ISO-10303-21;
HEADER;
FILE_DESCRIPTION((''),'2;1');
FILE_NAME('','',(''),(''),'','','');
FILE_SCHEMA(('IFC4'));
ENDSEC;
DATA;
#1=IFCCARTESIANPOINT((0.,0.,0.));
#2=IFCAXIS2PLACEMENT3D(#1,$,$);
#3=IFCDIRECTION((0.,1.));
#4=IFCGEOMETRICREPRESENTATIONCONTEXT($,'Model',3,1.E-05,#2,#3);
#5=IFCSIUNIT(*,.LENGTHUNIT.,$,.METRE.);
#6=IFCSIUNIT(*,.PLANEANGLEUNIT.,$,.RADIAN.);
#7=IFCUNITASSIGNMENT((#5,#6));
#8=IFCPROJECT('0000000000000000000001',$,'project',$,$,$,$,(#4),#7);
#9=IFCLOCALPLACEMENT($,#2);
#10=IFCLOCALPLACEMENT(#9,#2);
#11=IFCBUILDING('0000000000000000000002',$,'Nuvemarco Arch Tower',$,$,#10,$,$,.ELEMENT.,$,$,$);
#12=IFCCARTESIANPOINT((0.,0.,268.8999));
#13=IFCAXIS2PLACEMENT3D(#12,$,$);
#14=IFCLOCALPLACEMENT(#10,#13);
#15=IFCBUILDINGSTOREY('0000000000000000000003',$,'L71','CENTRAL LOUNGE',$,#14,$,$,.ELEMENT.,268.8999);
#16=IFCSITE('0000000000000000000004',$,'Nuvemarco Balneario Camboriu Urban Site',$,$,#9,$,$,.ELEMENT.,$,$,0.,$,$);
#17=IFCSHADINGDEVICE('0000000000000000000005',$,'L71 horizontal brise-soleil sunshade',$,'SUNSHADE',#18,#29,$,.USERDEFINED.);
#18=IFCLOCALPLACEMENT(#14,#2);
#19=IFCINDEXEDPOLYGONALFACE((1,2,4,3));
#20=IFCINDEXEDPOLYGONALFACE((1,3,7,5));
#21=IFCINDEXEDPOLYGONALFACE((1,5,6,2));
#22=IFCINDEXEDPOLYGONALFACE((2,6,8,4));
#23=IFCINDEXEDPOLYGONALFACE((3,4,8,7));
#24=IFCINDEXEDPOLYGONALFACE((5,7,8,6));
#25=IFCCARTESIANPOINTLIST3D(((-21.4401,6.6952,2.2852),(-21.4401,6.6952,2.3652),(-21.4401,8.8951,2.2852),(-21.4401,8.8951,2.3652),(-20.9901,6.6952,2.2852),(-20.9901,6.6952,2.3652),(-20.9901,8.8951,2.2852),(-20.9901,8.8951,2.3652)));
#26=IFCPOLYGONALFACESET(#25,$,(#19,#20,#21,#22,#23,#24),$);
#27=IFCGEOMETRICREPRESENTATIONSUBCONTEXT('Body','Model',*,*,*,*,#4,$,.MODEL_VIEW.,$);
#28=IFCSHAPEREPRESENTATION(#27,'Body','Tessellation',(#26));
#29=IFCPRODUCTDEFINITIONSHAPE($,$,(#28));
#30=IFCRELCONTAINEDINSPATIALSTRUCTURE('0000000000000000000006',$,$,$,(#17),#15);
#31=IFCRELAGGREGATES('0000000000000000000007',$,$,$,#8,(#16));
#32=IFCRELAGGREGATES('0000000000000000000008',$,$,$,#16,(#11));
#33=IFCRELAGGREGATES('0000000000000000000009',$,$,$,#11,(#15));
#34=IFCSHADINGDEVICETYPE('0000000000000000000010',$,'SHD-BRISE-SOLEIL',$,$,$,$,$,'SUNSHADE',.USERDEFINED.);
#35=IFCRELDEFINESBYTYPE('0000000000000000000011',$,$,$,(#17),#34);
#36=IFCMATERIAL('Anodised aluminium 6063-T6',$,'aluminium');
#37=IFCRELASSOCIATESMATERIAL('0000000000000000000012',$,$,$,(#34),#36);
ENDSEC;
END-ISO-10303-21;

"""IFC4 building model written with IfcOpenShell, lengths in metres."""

from ifc_helpers import new_model, si_unit, direction, frame, origin, origin_2d, place, context, subcontext, project, spatial, rectangle, extrude, source, transform, mapped, material, type_object, type_shapes, element, save


model = new_model("IFC4")

# Units and contexts
model_context = context("Model", 3, precision=1e-05, world=origin(), true_north=direction((0.0, 1.0)))
body_context = subcontext(model_context, "Body", "Model", "MODEL_VIEW")
ifc_project = project(units=[si_unit("LENGTHUNIT", "METRE"), si_unit("PLANEANGLEUNIT", "RADIAN")], contexts=[model_context])

# Site, building, storey
site_placement = place(None, origin())
site = spatial("IfcSite", under=ifc_project, at=site_placement, Name="Nuvemarco Balneario Camboriu Urban Site", CompositionType="ELEMENT", RefElevation=0.0)
building_placement = place(site_placement, origin())
building = spatial("IfcBuilding", under=site, at=building_placement, Name="Nuvemarco Arch Tower", CompositionType="ELEMENT")
storey_placement = place(building_placement, frame((0.0, 0.0, 268.8999)))
storey = spatial("IfcBuildingStorey", under=building, at=storey_placement, Name="L71", Description="CENTRAL LOUNGE", CompositionType="ELEMENT", Elevation=268.8999)

# Shading device
ifc_material_1 = material(Name="Anodised aluminium 6063-T6", Category="aluminium")
shading_device_type = type_object("IfcShadingDeviceType", Name="SHD-BRISE-SOLEIL", ElementType="SUNSHADE", PredefinedType="USERDEFINED", material=ifc_material_1)
shared_shape = source(origin(), body_context, "Body", "SweptSolid", [
    extrude(rectangle(XDim=2.2, YDim=0.45, at=origin_2d()), origin(), (0.0, 0.0, 1.0), 0.0801),
])
type_shapes(shading_device_type, [shared_shape])
for number, where, z_axis, x_axis, name in (
    (1, (-21.2151, 7.7952, 2.2852), (0.0, 0.0, 1.0), (0.0, 1.0, 0.0), "L71 horizontal brise-soleil sunshade"),
):
    element("IfcShadingDevice", number, at=place(storey_placement, frame(where, z_axis=z_axis, x_axis=x_axis)), inside=storey, type_object=shading_device_type, Name=name, ObjectType="SUNSHADE", PredefinedType="USERDEFINED", context=body_context, shape_type="MappedRepresentation", body=[
        mapped(shared_shape, transform((0.0, 0.0, 0.0), scale=1.0)),
    ])

save(model, "model.ifc")
